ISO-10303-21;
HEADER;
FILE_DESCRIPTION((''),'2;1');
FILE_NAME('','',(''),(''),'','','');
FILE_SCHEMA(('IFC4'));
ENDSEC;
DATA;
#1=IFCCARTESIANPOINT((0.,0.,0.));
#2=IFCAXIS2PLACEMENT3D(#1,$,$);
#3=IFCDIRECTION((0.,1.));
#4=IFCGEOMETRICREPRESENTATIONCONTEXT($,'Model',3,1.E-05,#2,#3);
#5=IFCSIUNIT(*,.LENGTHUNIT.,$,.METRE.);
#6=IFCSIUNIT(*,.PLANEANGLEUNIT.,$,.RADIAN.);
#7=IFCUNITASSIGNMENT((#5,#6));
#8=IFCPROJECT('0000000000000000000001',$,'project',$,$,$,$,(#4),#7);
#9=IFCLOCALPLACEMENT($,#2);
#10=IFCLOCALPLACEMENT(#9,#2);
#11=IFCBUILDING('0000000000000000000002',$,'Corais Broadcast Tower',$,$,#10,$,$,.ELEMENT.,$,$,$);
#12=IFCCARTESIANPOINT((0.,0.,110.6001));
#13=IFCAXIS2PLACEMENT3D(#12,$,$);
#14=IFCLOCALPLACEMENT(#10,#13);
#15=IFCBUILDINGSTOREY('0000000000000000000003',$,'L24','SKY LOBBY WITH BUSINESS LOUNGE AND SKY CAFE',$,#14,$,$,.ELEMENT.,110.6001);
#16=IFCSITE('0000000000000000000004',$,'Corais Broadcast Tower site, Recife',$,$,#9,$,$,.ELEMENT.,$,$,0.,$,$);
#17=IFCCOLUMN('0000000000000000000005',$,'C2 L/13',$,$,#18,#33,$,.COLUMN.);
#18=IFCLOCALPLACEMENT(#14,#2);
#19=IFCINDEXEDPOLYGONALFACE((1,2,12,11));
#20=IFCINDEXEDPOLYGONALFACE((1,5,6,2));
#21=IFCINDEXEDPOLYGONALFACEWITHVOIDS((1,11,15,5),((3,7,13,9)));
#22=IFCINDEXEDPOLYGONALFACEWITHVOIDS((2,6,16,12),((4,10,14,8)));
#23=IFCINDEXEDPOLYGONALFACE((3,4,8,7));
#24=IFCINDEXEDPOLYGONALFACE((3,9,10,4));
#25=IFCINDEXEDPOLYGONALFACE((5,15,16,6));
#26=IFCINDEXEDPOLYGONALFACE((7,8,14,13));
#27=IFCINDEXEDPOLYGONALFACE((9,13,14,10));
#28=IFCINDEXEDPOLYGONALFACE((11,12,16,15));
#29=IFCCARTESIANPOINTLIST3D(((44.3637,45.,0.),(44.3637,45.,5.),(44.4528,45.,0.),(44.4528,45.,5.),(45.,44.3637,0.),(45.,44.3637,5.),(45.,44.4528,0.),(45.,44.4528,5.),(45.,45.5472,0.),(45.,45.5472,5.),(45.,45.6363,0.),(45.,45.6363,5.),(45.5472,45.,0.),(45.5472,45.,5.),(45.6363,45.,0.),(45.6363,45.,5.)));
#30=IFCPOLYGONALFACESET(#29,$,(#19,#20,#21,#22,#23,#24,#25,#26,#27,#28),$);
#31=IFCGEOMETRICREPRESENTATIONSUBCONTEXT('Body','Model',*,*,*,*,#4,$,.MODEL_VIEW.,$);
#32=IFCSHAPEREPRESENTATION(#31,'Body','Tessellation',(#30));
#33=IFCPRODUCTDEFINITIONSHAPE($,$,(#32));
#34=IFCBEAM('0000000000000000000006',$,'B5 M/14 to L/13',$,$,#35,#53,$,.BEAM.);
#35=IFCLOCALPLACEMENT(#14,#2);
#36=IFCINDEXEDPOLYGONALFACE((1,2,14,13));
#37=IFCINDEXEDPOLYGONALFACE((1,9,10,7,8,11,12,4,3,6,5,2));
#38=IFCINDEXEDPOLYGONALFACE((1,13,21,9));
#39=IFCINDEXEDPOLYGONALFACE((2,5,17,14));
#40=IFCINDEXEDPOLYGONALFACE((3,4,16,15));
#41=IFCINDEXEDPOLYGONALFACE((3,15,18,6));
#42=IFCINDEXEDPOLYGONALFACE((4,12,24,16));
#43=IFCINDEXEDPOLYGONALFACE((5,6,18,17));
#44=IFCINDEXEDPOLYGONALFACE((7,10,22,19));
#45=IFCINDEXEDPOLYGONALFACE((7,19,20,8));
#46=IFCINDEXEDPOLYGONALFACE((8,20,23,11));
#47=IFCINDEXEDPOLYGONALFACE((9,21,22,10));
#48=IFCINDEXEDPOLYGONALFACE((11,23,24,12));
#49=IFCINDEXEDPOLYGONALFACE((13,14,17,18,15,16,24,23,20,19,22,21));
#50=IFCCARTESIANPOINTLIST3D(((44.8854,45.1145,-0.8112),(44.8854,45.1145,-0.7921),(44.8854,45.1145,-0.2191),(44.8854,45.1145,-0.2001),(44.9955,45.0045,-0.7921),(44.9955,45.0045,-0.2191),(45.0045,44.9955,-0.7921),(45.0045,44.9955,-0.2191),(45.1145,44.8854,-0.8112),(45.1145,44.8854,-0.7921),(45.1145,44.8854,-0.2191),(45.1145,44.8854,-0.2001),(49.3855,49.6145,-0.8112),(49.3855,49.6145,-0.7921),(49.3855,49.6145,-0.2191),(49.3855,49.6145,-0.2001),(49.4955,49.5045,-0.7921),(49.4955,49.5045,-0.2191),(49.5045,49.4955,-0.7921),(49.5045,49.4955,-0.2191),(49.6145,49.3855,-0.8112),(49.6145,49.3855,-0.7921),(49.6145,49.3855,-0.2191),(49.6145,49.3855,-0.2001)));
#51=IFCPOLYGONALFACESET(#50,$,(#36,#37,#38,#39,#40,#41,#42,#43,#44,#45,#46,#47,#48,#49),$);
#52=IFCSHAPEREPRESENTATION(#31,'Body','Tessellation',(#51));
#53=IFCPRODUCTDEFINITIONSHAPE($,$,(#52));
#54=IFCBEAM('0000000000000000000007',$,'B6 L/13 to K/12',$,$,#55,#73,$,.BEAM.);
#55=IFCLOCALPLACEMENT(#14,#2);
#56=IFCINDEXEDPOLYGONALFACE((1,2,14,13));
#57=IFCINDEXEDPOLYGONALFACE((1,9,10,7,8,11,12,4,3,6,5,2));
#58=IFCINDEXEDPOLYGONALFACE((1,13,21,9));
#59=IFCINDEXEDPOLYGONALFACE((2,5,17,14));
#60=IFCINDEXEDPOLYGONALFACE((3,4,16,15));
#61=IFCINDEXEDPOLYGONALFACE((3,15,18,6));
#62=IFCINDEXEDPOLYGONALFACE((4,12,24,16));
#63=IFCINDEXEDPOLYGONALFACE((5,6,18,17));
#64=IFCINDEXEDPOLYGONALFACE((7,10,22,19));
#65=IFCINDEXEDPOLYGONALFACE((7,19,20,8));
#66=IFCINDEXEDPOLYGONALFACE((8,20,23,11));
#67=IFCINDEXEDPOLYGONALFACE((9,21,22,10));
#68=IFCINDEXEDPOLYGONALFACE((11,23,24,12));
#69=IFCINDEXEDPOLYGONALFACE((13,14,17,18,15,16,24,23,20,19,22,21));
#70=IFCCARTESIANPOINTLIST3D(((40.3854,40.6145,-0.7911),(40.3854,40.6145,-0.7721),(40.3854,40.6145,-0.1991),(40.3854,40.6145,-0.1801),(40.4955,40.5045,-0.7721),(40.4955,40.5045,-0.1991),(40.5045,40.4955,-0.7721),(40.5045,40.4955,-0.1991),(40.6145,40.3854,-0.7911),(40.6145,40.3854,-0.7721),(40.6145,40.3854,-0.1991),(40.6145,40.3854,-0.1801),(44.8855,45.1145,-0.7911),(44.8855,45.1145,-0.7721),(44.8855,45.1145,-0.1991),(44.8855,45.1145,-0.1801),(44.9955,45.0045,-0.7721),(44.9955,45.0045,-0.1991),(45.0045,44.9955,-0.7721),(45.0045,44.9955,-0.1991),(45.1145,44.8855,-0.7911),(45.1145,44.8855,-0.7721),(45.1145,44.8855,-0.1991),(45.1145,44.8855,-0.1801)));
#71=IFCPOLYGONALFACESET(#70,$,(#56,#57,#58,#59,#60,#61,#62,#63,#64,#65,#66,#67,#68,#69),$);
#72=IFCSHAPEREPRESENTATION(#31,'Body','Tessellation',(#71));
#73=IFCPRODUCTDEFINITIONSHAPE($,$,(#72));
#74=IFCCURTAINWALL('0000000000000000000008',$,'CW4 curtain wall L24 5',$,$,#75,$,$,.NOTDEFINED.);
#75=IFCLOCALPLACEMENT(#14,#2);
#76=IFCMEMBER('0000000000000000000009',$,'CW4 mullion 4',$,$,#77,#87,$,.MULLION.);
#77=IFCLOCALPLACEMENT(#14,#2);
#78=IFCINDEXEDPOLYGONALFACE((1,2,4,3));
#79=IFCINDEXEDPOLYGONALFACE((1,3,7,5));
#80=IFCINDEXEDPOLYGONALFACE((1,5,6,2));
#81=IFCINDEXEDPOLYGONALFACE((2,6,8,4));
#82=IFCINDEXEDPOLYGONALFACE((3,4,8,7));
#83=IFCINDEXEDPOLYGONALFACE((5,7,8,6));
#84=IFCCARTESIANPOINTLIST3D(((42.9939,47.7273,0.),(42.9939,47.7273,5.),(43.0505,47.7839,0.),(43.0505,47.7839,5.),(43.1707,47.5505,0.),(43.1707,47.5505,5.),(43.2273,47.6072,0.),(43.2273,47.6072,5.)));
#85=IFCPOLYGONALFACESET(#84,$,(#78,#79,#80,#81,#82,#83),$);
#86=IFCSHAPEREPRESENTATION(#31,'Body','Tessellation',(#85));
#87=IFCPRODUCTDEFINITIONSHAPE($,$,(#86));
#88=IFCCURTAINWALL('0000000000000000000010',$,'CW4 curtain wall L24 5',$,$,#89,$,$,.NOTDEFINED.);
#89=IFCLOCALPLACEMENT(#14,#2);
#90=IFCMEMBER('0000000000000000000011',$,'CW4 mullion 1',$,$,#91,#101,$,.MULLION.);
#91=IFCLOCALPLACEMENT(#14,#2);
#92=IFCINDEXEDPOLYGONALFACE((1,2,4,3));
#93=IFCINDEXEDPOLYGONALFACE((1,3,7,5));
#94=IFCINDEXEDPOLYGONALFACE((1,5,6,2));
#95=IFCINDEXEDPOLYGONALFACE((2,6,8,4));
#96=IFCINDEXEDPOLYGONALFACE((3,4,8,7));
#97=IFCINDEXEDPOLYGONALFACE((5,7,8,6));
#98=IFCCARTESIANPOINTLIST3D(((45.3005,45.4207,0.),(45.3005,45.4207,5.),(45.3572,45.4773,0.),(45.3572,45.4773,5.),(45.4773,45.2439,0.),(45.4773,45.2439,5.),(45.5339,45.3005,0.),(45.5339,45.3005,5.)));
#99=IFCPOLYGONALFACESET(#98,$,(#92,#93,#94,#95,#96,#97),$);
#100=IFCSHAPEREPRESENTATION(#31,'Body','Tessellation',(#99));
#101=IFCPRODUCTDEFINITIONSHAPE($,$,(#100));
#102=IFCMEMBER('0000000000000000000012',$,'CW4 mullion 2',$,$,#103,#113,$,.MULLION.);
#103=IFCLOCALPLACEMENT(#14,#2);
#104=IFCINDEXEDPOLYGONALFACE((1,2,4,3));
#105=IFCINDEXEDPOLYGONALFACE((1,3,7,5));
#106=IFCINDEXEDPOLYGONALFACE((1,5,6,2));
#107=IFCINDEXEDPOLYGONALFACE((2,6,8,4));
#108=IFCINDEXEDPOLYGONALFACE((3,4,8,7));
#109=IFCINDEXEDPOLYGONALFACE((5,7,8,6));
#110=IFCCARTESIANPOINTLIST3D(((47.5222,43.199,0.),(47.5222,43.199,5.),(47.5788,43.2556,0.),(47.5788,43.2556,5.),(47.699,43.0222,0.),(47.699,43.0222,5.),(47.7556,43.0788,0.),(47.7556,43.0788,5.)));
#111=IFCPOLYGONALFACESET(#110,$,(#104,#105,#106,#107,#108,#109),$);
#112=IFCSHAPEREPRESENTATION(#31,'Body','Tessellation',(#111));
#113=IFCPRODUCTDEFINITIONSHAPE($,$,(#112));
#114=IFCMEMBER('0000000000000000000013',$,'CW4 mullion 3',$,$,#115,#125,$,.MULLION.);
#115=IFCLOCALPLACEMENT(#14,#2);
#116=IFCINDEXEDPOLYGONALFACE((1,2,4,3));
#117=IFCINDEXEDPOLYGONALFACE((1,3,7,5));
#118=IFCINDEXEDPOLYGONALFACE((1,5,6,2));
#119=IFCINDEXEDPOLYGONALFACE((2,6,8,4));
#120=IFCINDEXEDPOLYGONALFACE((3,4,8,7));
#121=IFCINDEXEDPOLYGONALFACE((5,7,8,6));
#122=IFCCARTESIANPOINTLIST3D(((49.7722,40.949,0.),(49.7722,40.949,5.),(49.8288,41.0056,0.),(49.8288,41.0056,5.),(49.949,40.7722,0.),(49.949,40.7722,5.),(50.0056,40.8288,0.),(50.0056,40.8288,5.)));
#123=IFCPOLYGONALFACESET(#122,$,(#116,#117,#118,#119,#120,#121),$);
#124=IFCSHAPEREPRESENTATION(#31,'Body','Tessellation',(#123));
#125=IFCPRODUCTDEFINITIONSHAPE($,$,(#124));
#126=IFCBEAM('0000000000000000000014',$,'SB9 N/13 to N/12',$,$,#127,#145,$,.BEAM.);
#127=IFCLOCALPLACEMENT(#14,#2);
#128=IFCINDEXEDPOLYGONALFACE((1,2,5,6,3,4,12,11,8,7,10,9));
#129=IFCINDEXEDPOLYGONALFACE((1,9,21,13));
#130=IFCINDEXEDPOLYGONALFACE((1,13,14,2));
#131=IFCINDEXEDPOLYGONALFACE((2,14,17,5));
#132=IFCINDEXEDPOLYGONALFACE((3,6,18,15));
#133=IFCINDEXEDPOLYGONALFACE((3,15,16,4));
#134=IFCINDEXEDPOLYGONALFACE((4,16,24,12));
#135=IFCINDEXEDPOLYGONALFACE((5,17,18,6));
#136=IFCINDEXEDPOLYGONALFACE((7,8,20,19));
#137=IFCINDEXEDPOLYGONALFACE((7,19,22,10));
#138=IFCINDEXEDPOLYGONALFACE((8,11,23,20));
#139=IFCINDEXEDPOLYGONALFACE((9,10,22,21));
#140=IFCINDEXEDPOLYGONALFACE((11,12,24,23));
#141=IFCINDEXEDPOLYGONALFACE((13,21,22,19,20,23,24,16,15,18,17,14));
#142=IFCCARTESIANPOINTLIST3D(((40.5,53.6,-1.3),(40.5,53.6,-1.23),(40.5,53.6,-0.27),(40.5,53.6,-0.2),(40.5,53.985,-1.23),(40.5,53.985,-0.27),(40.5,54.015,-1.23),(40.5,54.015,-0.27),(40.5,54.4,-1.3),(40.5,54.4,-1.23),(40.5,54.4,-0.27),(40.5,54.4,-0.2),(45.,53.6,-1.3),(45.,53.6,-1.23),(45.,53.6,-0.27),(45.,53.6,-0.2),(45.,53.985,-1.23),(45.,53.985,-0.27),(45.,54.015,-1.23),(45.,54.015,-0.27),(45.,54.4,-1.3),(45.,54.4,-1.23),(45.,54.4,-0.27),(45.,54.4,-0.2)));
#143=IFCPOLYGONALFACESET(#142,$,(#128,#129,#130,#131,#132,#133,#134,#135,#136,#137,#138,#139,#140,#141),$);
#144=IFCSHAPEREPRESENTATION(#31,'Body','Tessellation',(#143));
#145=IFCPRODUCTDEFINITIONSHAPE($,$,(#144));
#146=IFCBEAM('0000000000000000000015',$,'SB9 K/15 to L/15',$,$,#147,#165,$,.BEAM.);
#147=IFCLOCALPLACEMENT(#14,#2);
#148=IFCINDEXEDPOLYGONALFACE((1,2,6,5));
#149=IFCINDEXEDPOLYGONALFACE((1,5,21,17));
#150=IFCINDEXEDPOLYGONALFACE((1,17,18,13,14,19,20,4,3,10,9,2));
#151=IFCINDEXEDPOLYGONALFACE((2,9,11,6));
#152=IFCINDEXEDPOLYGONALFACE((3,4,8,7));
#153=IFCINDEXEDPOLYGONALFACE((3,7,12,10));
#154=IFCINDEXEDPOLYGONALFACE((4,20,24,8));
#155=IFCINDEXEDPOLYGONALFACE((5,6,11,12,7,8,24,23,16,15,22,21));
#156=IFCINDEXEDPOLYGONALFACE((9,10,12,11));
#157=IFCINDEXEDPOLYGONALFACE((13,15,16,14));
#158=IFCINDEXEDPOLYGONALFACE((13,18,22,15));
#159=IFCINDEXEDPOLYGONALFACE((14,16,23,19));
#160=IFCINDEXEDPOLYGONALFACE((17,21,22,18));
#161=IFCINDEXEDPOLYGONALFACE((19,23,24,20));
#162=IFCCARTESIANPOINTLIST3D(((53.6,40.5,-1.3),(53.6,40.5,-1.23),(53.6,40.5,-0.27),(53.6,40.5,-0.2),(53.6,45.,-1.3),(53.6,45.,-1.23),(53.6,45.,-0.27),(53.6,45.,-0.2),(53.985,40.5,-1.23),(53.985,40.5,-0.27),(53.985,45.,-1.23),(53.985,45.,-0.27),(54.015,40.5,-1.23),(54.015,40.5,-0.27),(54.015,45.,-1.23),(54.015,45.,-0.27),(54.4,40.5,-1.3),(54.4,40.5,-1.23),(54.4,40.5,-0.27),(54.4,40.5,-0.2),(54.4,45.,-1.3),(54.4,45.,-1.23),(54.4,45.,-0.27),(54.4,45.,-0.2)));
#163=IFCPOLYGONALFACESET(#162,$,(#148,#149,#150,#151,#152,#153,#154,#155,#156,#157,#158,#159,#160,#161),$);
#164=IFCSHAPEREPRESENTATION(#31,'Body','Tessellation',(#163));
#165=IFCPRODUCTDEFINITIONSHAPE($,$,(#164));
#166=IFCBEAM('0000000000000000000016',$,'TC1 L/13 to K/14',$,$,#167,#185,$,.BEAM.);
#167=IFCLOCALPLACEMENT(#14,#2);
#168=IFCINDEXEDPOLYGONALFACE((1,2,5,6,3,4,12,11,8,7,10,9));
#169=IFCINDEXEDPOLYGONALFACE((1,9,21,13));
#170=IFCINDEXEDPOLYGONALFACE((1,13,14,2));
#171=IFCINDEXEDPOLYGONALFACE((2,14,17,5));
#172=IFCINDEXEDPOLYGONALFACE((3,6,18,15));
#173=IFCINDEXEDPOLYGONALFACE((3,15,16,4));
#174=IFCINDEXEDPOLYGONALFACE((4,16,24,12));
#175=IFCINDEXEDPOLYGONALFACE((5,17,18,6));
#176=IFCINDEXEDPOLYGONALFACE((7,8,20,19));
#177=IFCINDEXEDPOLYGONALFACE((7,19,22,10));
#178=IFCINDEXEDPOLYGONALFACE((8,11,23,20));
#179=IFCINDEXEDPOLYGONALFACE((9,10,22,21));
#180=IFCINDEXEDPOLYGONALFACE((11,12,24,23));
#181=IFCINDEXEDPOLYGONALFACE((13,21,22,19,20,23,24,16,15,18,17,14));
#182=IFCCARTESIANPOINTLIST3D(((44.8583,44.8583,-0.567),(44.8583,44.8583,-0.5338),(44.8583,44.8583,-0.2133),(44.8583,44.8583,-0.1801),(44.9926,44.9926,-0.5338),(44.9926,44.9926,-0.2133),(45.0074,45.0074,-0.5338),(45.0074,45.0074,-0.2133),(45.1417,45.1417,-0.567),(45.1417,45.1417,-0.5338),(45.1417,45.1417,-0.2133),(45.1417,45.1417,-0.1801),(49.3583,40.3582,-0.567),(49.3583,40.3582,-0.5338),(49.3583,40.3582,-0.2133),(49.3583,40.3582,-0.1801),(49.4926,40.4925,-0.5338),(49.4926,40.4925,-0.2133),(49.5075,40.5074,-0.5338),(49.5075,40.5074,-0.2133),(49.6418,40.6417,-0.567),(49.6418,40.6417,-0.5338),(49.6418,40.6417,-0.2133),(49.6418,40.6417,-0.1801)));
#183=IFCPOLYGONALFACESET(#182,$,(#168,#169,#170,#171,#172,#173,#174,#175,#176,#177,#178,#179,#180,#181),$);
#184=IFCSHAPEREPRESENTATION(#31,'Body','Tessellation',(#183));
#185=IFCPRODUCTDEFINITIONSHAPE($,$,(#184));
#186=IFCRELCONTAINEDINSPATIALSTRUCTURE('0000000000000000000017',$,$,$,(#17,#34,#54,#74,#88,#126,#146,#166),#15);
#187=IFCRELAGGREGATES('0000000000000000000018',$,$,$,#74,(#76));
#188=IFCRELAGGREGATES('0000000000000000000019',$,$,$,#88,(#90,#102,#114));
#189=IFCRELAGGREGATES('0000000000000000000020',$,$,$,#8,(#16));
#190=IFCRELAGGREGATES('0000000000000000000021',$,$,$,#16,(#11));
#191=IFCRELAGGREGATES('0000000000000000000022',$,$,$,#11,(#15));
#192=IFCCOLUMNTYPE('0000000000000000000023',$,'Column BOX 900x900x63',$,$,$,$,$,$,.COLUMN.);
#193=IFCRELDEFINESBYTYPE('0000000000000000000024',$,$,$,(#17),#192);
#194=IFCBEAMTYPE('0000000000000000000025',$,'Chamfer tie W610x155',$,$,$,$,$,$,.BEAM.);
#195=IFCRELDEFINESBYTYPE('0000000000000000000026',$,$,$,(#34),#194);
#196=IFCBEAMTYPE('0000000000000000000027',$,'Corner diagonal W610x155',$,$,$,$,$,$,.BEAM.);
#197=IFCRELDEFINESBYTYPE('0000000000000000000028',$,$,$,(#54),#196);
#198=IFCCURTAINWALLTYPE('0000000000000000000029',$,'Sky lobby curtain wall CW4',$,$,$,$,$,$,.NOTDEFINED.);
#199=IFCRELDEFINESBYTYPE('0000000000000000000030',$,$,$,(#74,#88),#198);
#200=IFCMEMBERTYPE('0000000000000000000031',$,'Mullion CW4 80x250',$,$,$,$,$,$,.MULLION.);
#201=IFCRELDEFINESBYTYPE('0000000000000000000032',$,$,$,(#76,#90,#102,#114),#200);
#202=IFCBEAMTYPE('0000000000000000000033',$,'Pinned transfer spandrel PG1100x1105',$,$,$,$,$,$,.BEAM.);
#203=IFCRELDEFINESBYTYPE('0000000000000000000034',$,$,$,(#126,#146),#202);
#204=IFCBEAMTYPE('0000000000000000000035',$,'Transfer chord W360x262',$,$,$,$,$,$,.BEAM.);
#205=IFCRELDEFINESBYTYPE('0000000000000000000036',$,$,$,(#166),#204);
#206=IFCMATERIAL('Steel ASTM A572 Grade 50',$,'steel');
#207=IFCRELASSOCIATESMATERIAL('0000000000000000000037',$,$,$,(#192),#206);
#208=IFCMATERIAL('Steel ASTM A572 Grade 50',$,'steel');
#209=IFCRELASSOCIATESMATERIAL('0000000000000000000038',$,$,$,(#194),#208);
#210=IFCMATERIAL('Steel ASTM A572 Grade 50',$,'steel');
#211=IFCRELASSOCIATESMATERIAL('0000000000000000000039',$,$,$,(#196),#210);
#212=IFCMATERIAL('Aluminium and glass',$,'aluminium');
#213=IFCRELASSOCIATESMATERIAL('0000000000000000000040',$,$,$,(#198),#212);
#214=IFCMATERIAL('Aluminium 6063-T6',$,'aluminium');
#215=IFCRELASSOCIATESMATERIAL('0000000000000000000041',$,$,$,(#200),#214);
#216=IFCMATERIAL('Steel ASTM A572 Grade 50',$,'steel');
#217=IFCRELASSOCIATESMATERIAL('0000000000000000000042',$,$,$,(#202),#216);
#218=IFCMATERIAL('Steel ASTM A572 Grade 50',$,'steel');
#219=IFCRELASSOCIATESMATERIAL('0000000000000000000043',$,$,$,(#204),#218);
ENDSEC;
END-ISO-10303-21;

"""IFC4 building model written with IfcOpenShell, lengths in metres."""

from ifc_helpers import new_model, si_unit, direction, frame, origin, origin_2d, place, context, subcontext, project, spatial, rectangle, hollow_rectangle, i_section, extrude, material, material_profile, profile_set, type_object, element, aggregate, save


model = new_model("IFC4")

# Units and contexts
model_context = context("Model", 3, precision=1e-05, world=origin(), true_north=direction((0.0, 1.0)))
body_context = subcontext(model_context, "Body", "Model", "MODEL_VIEW")
ifc_project = project(units=[si_unit("LENGTHUNIT", "METRE"), si_unit("PLANEANGLEUNIT", "RADIAN")], contexts=[model_context])

# Site, building, storey
site_placement = place(None, origin())
site = spatial("IfcSite", under=ifc_project, at=site_placement, Name="Corais Broadcast Tower site, Recife", CompositionType="ELEMENT", RefElevation=0.0)
building_placement = place(site_placement, origin())
building = spatial("IfcBuilding", under=site, at=building_placement, Name="Corais Broadcast Tower", CompositionType="ELEMENT")
storey_placement = place(building_placement, frame((0.0, 0.0, 110.6001)))
storey = spatial("IfcBuildingStorey", under=building, at=storey_placement, Name="L24", Description="SKY LOBBY WITH BUSINESS LOUNGE AND SKY CAFE", CompositionType="ELEMENT", Elevation=110.6001)

# Column
ifc_material_1 = material(Name="Steel ASTM A572 Grade 50", Category="steel")
ifc_material_profile_1 = material_profile(ifc_material_1, hollow_rectangle(XDim=0.8999, YDim=0.8999, WallThickness=0.063, at=origin_2d()), Name="BOX 900x900x63")
ifc_profile_set_1 = profile_set([ifc_material_profile_1], Name="Steel ASTM A572 Grade 50")
column_type = type_object("IfcColumnType", Name="Column BOX 900x900x63", PredefinedType="COLUMN", material=ifc_profile_set_1)
column_placement = place(storey_placement, frame((45.0, 45.0, 0.0), z_axis=(0.0, 0.0, 1.0), x_axis=(0.707107, 0.707107, 0.0)))
element("IfcColumn", 1, at=column_placement, inside=storey, type_object=column_type, Name="C2 L/13", PredefinedType="COLUMN", context=body_context, shape_type="SweptSolid", body=[
    extrude(hollow_rectangle(XDim=0.8999, YDim=0.8999, WallThickness=0.063, at=origin_2d()), origin(), (0.0, 0.0, 1.0), 5.0),
])

# Beams
ifc_material_2 = material(Name="Steel ASTM A572 Grade 50", Category="steel")
ifc_material_profile_2 = material_profile(ifc_material_2, i_section(OverallWidth=0.324, OverallDepth=0.6111, WebThickness=0.0127, FlangeThickness=0.019, at=origin_2d()), Name="W610x155")
ifc_profile_set_2 = profile_set([ifc_material_profile_2], Name="Steel ASTM A572 Grade 50")
beam_type_1 = type_object("IfcBeamType", Name="Chamfer tie W610x155", PredefinedType="BEAM", material=ifc_profile_set_2)
beam_1_placement = place(storey_placement, frame((49.5, 49.5, -0.5056), z_axis=(-0.707107, -0.707107, 0.0), x_axis=(0.707107, -0.707107, 0.0)))
element("IfcBeam", 2, at=beam_1_placement, inside=storey, type_object=beam_type_1, Name="B5 M/14 to L/13", PredefinedType="BEAM", context=body_context, shape_type="SweptSolid", body=[
    extrude(i_section(OverallWidth=0.324, OverallDepth=0.6111, WebThickness=0.0127, FlangeThickness=0.019, at=origin_2d()), origin(), (0.0, 0.0, 1.0), 6.364),
])
ifc_material_3 = material(Name="Steel ASTM A572 Grade 50", Category="steel")
ifc_material_profile_3 = material_profile(ifc_material_3, i_section(OverallWidth=0.324, OverallDepth=0.6111, WebThickness=0.0127, FlangeThickness=0.019, at=origin_2d()), Name="W610x155")
ifc_profile_set_3 = profile_set([ifc_material_profile_3], Name="Steel ASTM A572 Grade 50")
beam_type_2 = type_object("IfcBeamType", Name="Corner diagonal W610x155", PredefinedType="BEAM", material=ifc_profile_set_3)
beam_2_placement = place(storey_placement, frame((45.0, 45.0, -0.4856), z_axis=(-0.707107, -0.707107, 0.0), x_axis=(0.707107, -0.707107, 0.0)))
element("IfcBeam", 3, at=beam_2_placement, inside=storey, type_object=beam_type_2, Name="B6 L/13 to K/12", PredefinedType="BEAM", context=body_context, shape_type="SweptSolid", body=[
    extrude(i_section(OverallWidth=0.324, OverallDepth=0.6111, WebThickness=0.0127, FlangeThickness=0.019, at=origin_2d()), origin(), (0.0, 0.0, 1.0), 6.364),
])

# Curtain wall, member
ifc_material_4 = material(Name="Aluminium and glass", Category="aluminium")
curtain_wall_type = type_object("IfcCurtainWallType", Name="Sky lobby curtain wall CW4", PredefinedType="NOTDEFINED", material=ifc_material_4)
curtain_wall_1_placement = place(storey_placement, origin())
curtain_wall_1 = element("IfcCurtainWall", 4, at=curtain_wall_1_placement, inside=storey, type_object=curtain_wall_type, Name="CW4 curtain wall L24 5", PredefinedType="NOTDEFINED")
ifc_material_5 = material(Name="Aluminium 6063-T6", Category="aluminium")
ifc_material_profile_4 = material_profile(ifc_material_5, rectangle(XDim=0.0801, YDim=0.25, at=origin_2d()), Name="Mullion CW4 80x250")
ifc_profile_set_4 = profile_set([ifc_material_profile_4], Name="Aluminium 6063-T6")
member_type_1 = type_object("IfcMemberType", Name="Mullion CW4 80x250", PredefinedType="MULLION", material=ifc_profile_set_4)
member_1_placement = place(storey_placement, frame((43.1106, 47.6672, 0.0), z_axis=(0.0, 0.0, 1.0), x_axis=(0.707107, 0.707107, 0.0)))
member_1 = element("IfcMember", 5, at=member_1_placement, type_object=member_type_1, Name="CW4 mullion 4", PredefinedType="MULLION", context=body_context, shape_type="SweptSolid", body=[
    extrude(rectangle(XDim=0.0801, YDim=0.25, at=origin_2d()), origin(), (0.0, 0.0, 1.0), 5.0),
])

# Curtain wall, members
curtain_wall_2_placement = place(storey_placement, origin())
curtain_wall_2 = element("IfcCurtainWall", 6, at=curtain_wall_2_placement, inside=storey, type_object=curtain_wall_type, Name="CW4 curtain wall L24 5", PredefinedType="NOTDEFINED")
member_2_placement = place(storey_placement, frame((45.4172, 45.3606, 0.0), z_axis=(0.0, 0.0, 1.0), x_axis=(0.707107, 0.707107, 0.0)))
member_2 = element("IfcMember", 7, at=member_2_placement, type_object=member_type_1, Name="CW4 mullion 1", PredefinedType="MULLION", context=body_context, shape_type="SweptSolid", body=[
    extrude(rectangle(XDim=0.0801, YDim=0.25, at=origin_2d()), origin(), (0.0, 0.0, 1.0), 5.0),
])
member_3_placement = place(storey_placement, frame((47.6389, 43.1389, 0.0), z_axis=(0.0, 0.0, 1.0), x_axis=(0.707107, 0.707107, 0.0)))
member_3 = element("IfcMember", 8, at=member_3_placement, type_object=member_type_1, Name="CW4 mullion 2", PredefinedType="MULLION", context=body_context, shape_type="SweptSolid", body=[
    extrude(rectangle(XDim=0.0801, YDim=0.25, at=origin_2d()), origin(), (0.0, 0.0, 1.0), 5.0),
])
member_4_placement = place(storey_placement, frame((49.8889, 40.8889, 0.0), z_axis=(0.0, 0.0, 1.0), x_axis=(0.707107, 0.707107, 0.0)))
member_4 = element("IfcMember", 9, at=member_4_placement, type_object=member_type_1, Name="CW4 mullion 3", PredefinedType="MULLION", context=body_context, shape_type="SweptSolid", body=[
    extrude(rectangle(XDim=0.0801, YDim=0.25, at=origin_2d()), origin(), (0.0, 0.0, 1.0), 5.0),
])

# Beams
ifc_material_6 = material(Name="Steel ASTM A572 Grade 50", Category="steel")
ifc_material_profile_5 = material_profile(ifc_material_6, i_section(OverallWidth=0.8, OverallDepth=1.1001, WebThickness=0.03, FlangeThickness=0.0701, at=origin_2d()), Name="PG1100x1105")
ifc_profile_set_5 = profile_set([ifc_material_profile_5], Name="Steel ASTM A572 Grade 50")
beam_type_3 = type_object("IfcBeamType", Name="Pinned transfer spandrel PG1100x1105", PredefinedType="BEAM", material=ifc_profile_set_5)
for number, where, z_axis, x_axis, name in (
    (10, (45.0, 54.0, -0.75), (-1.0, 0.0, 0.0), (0.0, -1.0, 0.0), "SB9 N/13 to N/12"),
    (11, (54.0, 40.5, -0.75), (0.0, 1.0, 0.0), (-1.0, 0.0, 0.0), "SB9 K/15 to L/15"),
):
    element("IfcBeam", number, at=place(storey_placement, frame(where, z_axis=z_axis, x_axis=x_axis)), inside=storey, type_object=beam_type_3, Name=name, PredefinedType="BEAM", context=body_context, shape_type="SweptSolid", body=[
        extrude(i_section(OverallWidth=0.8, OverallDepth=1.1001, WebThickness=0.03, FlangeThickness=0.0701, at=origin_2d()), origin(), (0.0, 0.0, 1.0), 4.5),
    ])
ifc_material_7 = material(Name="Steel ASTM A572 Grade 50", Category="steel")
ifc_material_profile_6 = material_profile(ifc_material_7, i_section(OverallWidth=0.4009, OverallDepth=0.387, WebThickness=0.021, FlangeThickness=0.0332, at=origin_2d()), Name="W360x262")
ifc_profile_set_6 = profile_set([ifc_material_profile_6], Name="Steel ASTM A572 Grade 50")
beam_type_4 = type_object("IfcBeamType", Name="Transfer chord W360x262", PredefinedType="BEAM", material=ifc_profile_set_6)
for number, where, z_axis, x_axis, name in (
    (12, (45.0, 45.0, -0.3735), (0.707107, -0.707107, 0.0), (0.707107, 0.707107, 0.0), "TC1 L/13 to K/14"),
):
    element("IfcBeam", number, at=place(storey_placement, frame(where, z_axis=z_axis, x_axis=x_axis)), inside=storey, type_object=beam_type_4, Name=name, PredefinedType="BEAM", context=body_context, shape_type="SweptSolid", body=[
        extrude(i_section(OverallWidth=0.4009, OverallDepth=0.387, WebThickness=0.021, FlangeThickness=0.0332, at=origin_2d()), origin(), (0.0, 0.0, 1.0), 6.364),
    ])

aggregate(curtain_wall_1, [member_1])
aggregate(curtain_wall_2, [member_2, member_3, member_4])

save(model, "model.ifc")
